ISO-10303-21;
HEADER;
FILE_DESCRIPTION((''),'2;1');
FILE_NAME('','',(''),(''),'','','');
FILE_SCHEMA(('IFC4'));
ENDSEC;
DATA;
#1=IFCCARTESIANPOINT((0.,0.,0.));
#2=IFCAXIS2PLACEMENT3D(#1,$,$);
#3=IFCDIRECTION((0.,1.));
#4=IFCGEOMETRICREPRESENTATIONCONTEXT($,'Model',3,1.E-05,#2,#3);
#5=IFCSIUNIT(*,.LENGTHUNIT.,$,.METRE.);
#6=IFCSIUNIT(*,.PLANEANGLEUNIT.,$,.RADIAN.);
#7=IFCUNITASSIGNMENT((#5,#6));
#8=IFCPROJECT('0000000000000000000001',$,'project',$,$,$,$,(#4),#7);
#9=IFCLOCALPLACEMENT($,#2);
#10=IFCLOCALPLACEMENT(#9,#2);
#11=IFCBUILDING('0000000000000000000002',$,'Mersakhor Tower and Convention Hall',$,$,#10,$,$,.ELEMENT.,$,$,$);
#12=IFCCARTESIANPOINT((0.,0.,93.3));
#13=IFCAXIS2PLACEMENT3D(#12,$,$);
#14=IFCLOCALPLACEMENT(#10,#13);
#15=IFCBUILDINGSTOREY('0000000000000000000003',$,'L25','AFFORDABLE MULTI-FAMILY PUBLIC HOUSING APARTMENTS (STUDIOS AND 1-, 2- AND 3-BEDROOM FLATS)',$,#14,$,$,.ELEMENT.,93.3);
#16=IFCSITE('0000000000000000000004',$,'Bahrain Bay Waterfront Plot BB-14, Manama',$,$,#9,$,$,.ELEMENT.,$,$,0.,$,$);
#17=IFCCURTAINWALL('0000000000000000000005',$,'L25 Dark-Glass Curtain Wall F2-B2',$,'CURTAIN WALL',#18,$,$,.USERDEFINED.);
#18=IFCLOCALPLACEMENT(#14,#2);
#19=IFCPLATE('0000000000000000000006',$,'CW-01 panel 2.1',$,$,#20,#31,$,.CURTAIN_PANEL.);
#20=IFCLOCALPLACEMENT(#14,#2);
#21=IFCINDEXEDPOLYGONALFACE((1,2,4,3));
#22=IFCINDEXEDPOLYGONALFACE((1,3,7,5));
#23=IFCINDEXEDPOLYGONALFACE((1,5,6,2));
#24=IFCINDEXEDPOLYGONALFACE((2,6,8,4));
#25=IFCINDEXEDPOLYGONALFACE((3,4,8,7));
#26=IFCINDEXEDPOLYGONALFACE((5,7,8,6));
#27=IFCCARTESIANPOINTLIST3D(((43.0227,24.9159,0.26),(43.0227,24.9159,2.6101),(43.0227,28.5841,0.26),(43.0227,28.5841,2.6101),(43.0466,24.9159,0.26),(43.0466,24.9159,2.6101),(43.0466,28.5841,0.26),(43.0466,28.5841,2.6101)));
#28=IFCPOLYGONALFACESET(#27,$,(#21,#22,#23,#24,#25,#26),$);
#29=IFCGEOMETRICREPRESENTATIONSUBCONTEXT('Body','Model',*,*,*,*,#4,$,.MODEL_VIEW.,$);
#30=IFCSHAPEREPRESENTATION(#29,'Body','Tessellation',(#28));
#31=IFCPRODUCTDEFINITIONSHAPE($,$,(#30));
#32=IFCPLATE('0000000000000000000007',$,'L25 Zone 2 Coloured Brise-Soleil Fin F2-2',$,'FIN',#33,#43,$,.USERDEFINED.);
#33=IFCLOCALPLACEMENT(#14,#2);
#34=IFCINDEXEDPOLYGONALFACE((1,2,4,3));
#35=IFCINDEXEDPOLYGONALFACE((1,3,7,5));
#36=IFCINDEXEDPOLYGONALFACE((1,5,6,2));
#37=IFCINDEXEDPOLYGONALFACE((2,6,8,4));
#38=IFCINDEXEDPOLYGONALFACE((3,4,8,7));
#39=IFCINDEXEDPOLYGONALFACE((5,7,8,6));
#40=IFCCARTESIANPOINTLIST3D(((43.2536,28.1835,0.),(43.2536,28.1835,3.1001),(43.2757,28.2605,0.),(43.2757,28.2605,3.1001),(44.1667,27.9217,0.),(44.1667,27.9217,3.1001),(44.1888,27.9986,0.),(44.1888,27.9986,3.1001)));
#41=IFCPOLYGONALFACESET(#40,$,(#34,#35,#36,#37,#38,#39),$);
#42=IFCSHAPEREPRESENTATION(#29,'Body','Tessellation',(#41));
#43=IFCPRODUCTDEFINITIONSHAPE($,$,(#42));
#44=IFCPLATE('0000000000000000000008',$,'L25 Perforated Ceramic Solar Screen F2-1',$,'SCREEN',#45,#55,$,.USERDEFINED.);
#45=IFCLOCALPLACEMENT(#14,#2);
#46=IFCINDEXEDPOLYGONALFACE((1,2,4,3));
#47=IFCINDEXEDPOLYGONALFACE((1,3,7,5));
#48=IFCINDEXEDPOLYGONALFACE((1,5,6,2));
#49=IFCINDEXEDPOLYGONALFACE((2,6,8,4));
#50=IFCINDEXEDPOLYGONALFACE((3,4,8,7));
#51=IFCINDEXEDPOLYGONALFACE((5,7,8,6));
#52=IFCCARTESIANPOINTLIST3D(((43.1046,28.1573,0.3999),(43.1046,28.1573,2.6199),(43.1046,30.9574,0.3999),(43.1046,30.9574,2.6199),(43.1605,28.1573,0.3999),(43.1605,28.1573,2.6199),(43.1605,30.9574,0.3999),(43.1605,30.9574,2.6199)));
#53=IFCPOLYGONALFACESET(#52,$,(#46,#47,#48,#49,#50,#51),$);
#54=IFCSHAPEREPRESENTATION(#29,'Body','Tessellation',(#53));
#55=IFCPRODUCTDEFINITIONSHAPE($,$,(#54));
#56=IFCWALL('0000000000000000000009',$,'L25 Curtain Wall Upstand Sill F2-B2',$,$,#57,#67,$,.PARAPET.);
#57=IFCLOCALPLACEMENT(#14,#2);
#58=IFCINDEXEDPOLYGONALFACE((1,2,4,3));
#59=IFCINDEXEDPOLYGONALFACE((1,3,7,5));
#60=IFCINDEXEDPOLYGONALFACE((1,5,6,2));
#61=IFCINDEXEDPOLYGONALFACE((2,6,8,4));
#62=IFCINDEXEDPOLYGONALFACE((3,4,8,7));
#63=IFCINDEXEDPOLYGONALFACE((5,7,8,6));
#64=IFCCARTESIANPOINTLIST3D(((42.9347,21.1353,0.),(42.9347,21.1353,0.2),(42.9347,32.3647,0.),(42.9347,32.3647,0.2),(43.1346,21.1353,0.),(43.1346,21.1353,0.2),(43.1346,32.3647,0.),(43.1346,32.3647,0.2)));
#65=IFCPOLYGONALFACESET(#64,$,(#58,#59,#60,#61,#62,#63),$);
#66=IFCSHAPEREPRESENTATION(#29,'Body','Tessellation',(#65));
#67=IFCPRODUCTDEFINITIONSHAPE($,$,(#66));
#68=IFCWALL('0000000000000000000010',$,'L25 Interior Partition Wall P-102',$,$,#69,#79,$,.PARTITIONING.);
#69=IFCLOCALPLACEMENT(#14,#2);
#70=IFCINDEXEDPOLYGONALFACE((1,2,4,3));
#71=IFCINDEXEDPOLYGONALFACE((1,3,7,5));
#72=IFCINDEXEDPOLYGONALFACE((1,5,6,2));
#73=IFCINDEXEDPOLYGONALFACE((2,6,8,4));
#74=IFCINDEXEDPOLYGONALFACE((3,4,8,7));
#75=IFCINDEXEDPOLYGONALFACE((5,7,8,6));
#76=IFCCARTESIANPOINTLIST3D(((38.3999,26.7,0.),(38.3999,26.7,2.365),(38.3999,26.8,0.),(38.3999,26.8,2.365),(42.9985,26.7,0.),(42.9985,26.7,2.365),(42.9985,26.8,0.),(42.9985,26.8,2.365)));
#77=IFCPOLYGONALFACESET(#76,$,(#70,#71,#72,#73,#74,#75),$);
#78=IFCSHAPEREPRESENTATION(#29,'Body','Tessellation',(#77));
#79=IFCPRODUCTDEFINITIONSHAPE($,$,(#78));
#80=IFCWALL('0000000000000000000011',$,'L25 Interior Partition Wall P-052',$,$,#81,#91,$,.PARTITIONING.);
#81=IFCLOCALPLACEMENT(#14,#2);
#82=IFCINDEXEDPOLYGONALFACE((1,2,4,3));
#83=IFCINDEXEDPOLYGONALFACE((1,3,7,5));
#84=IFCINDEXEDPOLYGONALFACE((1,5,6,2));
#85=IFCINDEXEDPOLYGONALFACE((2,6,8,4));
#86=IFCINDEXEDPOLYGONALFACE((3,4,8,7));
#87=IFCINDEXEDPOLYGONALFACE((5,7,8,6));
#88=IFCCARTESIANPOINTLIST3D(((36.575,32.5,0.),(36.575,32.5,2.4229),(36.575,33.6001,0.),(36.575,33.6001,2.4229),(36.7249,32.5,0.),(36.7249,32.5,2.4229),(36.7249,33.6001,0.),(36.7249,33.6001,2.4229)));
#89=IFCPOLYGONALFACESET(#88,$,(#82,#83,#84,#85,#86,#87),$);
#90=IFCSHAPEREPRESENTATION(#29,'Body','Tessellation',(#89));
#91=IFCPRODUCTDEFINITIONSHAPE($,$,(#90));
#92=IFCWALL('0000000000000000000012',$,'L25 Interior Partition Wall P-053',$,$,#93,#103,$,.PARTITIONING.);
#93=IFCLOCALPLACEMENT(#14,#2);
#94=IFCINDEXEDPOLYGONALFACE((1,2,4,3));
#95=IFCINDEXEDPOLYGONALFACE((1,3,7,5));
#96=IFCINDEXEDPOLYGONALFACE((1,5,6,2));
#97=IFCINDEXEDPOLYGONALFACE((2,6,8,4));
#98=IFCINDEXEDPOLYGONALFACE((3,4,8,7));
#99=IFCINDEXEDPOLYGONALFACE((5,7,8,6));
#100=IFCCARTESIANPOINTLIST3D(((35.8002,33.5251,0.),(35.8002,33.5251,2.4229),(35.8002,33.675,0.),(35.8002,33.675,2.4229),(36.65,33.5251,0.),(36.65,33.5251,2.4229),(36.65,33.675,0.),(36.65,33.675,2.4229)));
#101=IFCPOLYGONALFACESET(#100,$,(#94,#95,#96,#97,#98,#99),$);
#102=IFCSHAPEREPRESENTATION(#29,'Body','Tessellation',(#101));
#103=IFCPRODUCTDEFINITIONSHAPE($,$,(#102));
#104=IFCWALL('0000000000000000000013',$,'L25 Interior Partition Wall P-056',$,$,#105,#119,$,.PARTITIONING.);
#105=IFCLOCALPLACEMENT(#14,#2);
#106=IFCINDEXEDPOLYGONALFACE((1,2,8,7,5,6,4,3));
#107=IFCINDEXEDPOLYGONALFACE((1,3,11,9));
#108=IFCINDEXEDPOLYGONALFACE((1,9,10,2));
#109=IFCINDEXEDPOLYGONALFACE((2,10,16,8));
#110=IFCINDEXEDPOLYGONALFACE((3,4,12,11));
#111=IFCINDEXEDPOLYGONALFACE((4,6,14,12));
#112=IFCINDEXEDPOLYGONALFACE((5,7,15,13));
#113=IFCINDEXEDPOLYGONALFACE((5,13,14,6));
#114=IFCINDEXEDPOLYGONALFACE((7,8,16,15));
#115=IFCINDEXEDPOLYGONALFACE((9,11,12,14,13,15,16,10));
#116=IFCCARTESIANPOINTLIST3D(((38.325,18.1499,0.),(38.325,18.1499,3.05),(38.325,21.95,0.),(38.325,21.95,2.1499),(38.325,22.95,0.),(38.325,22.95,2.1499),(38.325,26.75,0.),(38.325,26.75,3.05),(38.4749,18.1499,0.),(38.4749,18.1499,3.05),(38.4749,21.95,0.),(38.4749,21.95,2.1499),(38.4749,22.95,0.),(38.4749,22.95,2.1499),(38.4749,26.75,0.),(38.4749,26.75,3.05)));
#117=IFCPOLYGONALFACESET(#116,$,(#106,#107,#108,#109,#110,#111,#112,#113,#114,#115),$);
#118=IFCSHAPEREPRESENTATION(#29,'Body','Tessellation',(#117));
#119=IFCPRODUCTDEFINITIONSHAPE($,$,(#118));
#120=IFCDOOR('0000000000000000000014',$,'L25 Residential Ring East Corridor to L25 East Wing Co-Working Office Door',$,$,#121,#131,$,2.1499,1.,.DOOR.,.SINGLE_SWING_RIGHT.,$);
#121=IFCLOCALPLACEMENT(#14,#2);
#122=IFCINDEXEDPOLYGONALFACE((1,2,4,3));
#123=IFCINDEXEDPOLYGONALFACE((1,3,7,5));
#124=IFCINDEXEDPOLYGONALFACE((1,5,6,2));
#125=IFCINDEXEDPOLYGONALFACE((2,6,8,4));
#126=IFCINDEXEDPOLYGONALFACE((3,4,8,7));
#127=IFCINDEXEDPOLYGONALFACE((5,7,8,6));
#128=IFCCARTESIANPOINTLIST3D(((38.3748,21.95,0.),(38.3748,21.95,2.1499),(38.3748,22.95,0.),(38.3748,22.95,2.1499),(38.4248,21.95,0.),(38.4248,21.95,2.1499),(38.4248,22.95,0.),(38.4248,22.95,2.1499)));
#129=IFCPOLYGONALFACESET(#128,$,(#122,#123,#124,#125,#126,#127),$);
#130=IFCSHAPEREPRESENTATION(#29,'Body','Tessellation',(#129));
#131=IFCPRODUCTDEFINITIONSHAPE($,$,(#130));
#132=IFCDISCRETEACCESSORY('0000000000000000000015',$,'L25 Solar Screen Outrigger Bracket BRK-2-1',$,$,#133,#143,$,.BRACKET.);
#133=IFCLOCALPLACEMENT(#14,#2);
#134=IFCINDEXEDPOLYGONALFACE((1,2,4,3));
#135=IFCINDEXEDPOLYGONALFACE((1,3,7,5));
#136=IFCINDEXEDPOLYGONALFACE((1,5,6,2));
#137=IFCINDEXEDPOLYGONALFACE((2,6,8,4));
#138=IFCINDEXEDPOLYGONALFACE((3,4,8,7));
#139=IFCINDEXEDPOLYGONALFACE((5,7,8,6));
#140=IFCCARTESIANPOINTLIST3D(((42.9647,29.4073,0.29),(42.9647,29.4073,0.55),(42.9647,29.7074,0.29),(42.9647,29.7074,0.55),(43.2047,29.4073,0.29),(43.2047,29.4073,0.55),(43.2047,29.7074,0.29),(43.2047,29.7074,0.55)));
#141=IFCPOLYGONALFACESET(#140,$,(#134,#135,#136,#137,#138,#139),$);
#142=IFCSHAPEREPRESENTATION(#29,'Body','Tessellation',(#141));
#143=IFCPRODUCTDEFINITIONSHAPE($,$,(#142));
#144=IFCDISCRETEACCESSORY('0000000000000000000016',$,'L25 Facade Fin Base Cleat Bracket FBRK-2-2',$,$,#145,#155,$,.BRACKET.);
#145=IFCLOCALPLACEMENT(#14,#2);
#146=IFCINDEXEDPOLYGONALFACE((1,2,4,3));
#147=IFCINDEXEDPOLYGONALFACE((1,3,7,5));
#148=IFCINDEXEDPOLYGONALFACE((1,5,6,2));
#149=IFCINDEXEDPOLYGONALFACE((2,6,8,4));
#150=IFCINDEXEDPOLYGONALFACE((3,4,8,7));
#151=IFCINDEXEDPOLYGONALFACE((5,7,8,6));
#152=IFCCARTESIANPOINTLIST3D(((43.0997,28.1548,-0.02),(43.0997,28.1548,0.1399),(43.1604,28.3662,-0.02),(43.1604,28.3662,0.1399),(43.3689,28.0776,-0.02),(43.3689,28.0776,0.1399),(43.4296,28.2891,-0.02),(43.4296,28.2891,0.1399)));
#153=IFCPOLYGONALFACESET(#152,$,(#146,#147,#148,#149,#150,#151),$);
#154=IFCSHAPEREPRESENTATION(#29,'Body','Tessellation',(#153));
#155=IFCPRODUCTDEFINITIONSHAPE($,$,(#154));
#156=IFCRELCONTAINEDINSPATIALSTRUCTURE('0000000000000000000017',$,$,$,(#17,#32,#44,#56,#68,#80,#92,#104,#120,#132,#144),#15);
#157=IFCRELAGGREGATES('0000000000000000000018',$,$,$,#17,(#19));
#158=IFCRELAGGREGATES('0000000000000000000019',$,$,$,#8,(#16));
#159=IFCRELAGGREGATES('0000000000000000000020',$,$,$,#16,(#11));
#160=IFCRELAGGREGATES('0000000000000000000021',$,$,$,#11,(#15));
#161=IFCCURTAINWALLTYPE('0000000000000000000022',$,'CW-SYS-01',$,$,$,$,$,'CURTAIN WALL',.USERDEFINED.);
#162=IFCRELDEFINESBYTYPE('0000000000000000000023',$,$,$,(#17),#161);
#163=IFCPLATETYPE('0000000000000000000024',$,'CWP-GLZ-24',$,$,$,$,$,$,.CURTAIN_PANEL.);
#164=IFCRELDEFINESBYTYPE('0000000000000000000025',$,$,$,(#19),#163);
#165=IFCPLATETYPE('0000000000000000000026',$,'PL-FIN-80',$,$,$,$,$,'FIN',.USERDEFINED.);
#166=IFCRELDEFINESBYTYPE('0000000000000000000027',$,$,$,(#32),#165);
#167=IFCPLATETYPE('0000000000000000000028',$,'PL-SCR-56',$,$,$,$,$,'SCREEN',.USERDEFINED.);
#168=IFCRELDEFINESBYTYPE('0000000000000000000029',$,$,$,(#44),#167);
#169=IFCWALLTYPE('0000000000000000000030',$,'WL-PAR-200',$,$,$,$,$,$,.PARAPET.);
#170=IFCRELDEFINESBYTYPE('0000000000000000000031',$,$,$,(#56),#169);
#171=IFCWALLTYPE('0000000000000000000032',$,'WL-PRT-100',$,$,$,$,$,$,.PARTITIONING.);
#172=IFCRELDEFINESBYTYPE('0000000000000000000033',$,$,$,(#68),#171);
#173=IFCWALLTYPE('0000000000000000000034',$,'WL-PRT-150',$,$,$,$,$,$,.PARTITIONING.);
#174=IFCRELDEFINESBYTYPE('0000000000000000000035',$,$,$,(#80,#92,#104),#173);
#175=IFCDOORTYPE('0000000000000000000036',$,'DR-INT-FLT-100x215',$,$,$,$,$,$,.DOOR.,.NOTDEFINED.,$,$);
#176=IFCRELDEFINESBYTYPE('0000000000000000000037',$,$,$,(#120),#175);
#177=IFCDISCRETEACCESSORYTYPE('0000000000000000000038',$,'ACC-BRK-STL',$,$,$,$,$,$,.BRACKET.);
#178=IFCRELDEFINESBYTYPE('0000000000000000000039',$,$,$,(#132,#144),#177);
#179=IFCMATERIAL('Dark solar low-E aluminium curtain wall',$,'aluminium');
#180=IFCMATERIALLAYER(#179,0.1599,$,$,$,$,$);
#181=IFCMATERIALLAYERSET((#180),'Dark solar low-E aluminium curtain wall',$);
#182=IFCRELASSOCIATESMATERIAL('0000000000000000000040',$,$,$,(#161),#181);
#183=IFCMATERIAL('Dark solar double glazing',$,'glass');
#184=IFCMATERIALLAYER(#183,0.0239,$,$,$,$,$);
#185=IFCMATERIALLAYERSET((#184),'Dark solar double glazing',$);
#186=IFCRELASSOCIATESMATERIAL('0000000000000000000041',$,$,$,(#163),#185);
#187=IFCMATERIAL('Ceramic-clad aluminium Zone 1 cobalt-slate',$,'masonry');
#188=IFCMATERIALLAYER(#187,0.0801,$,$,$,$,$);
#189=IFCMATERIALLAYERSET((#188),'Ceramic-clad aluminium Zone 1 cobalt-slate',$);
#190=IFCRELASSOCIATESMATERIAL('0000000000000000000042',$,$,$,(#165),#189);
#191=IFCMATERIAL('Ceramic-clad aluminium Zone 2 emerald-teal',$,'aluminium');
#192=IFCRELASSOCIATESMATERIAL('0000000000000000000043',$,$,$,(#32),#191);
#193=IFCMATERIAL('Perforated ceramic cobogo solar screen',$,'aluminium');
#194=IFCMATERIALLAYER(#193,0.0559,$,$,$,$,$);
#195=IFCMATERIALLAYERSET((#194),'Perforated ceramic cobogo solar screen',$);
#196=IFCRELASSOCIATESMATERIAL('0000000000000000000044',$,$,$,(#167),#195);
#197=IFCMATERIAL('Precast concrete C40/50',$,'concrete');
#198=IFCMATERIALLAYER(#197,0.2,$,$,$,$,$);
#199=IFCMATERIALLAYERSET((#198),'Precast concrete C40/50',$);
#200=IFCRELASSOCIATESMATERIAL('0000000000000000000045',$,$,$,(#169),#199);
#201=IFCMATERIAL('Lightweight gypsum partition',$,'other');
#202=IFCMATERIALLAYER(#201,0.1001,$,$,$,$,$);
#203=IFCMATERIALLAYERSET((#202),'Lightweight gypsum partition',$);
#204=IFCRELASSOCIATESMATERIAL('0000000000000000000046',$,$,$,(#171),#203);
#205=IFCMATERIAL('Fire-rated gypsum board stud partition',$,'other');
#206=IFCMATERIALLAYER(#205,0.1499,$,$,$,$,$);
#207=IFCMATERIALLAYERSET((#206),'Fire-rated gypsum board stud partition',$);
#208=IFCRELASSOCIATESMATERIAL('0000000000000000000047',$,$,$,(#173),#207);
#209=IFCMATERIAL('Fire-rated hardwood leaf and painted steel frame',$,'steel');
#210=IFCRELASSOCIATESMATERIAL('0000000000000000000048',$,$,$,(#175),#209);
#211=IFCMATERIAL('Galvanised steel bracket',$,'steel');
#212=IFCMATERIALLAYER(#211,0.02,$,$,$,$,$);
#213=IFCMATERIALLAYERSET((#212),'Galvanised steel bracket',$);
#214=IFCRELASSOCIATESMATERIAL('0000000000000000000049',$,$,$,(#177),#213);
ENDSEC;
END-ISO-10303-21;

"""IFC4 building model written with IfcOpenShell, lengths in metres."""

from ifc_helpers import new_model, si_unit, direction, frame, frame_2d, origin, origin_2d, place, context, subcontext, project, spatial, rectangle, extrude, material, layer, layer_set, type_object, element, fill, aggregate, save


model = new_model("IFC4")

# Units and contexts
model_context = context("Model", 3, precision=1e-05, world=origin(), true_north=direction((0.0, 1.0)))
body_context = subcontext(model_context, "Body", "Model", "MODEL_VIEW")
ifc_project = project(units=[si_unit("LENGTHUNIT", "METRE"), si_unit("PLANEANGLEUNIT", "RADIAN")], contexts=[model_context])

# Site, building, storey
site_placement = place(None, origin())
site = spatial("IfcSite", under=ifc_project, at=site_placement, Name="Bahrain Bay Waterfront Plot BB-14, Manama", CompositionType="ELEMENT", RefElevation=0.0)
building_placement = place(site_placement, origin())
building = spatial("IfcBuilding", under=site, at=building_placement, Name="Mersakhor Tower and Convention Hall", CompositionType="ELEMENT")
storey_placement = place(building_placement, frame((0.0, 0.0, 93.3)))
storey = spatial("IfcBuildingStorey", under=building, at=storey_placement, Name="L25", Description="AFFORDABLE MULTI-FAMILY PUBLIC HOUSING APARTMENTS (STUDIOS AND 1-, 2- AND 3-BEDROOM FLATS)", CompositionType="ELEMENT", Elevation=93.3)

# Curtain wall, plate
ifc_material_1 = material(Name="Dark solar low-E aluminium curtain wall", Category="aluminium")
ifc_layer_1 = layer(ifc_material_1, 0.1599)
ifc_layer_set_1 = layer_set([ifc_layer_1], Name="Dark solar low-E aluminium curtain wall")
curtain_wall_type = type_object("IfcCurtainWallType", Name="CW-SYS-01", ElementType="CURTAIN WALL", PredefinedType="USERDEFINED", material=ifc_layer_set_1)
curtain_wall_placement = place(storey_placement, origin())
curtain_wall = element("IfcCurtainWall", 1, at=curtain_wall_placement, inside=storey, type_object=curtain_wall_type, Name="L25 Dark-Glass Curtain Wall F2-B2", ObjectType="CURTAIN WALL", PredefinedType="USERDEFINED")
ifc_material_2 = material(Name="Dark solar double glazing", Category="glass")
ifc_layer_2 = layer(ifc_material_2, 0.0239)
ifc_layer_set_2 = layer_set([ifc_layer_2], Name="Dark solar double glazing")
plate_type_1 = type_object("IfcPlateType", Name="CWP-GLZ-24", PredefinedType="CURTAIN_PANEL", material=ifc_layer_set_2)
plate_1_placement = place(storey_placement, frame((43.0347, 26.75, 0.26), z_axis=(0.0, 0.0, 1.0), x_axis=(0.0, -1.0, 0.0)))
plate_1 = element("IfcPlate", 2, at=plate_1_placement, type_object=plate_type_1, Name="CW-01 panel 2.1", PredefinedType="CURTAIN_PANEL", context=body_context, shape_type="SweptSolid", body=[
    extrude(rectangle(XDim=3.6682, YDim=0.0239, at=origin_2d()), origin(), (0.0, 0.0, 1.0), 2.3501),
])
aggregate(curtain_wall, [plate_1])

# Plates
ifc_material_3 = material(Name="Ceramic-clad aluminium Zone 2 emerald-teal", Category="aluminium")
ifc_material_4 = material(Name="Ceramic-clad aluminium Zone 1 cobalt-slate", Category="masonry")
ifc_layer_3 = layer(ifc_material_4, 0.0801)
ifc_layer_set_3 = layer_set([ifc_layer_3], Name="Ceramic-clad aluminium Zone 1 cobalt-slate")
plate_type_2 = type_object("IfcPlateType", Name="PL-FIN-80", ElementType="FIN", PredefinedType="USERDEFINED", material=ifc_layer_set_3)
plate_2_placement = place(storey_placement, frame((43.7212, 28.0911, 0.0), z_axis=(0.0, 0.0, 1.0), x_axis=(0.961262, -0.275637, 0.0)))
element("IfcPlate", 3, at=plate_2_placement, inside=storey, type_object=plate_type_2, material=ifc_material_3, Name="L25 Zone 2 Coloured Brise-Soleil Fin F2-2", ObjectType="FIN", PredefinedType="USERDEFINED", context=body_context, shape_type="SweptSolid", body=[
    extrude(rectangle(XDim=0.95, YDim=0.0801, at=origin_2d()), origin(), (0.0, 0.0, 1.0), 3.1001),
])
ifc_material_5 = material(Name="Perforated ceramic cobogo solar screen", Category="aluminium")
ifc_layer_4 = layer(ifc_material_5, 0.0559)
ifc_layer_set_4 = layer_set([ifc_layer_4], Name="Perforated ceramic cobogo solar screen")
plate_type_3 = type_object("IfcPlateType", Name="PL-SCR-56", ElementType="SCREEN", PredefinedType="USERDEFINED", material=ifc_layer_set_4)
plate_3_placement = place(storey_placement, frame((43.1326, 29.5574, 0.3999), z_axis=(0.0, 0.0, 1.0), x_axis=(0.0, -1.0, 0.0)))
element("IfcPlate", 4, at=plate_3_placement, inside=storey, type_object=plate_type_3, Name="L25 Perforated Ceramic Solar Screen F2-1", ObjectType="SCREEN", PredefinedType="USERDEFINED", context=body_context, shape_type="SweptSolid", body=[
    extrude(rectangle(XDim=2.8, YDim=0.0559, at=origin_2d()), origin(), (0.0, 0.0, 1.0), 2.22),
])

# Walls
ifc_material_6 = material(Name="Precast concrete C40/50", Category="concrete")
ifc_layer_5 = layer(ifc_material_6, 0.2)
ifc_layer_set_5 = layer_set([ifc_layer_5], Name="Precast concrete C40/50")
wall_type_1 = type_object("IfcWallType", Name="WL-PAR-200", PredefinedType="PARAPET", material=ifc_layer_set_5)
wall_1_placement = place(storey_placement, frame((43.0347, 32.3647, 0.0), z_axis=(0.0, 0.0, 1.0), x_axis=(0.0, -1.0, 0.0)))
element("IfcWall", 5, at=wall_1_placement, inside=storey, type_object=wall_type_1, Name="L25 Curtain Wall Upstand Sill F2-B2", PredefinedType="PARAPET", context=body_context, shape_type="SweptSolid", body=[
    extrude(rectangle(XDim=11.2295, YDim=0.2, at=frame_2d((5.6147, 0.0))), origin(), (0.0, 0.0, 1.0), 0.2),
])
ifc_material_7 = material(Name="Lightweight gypsum partition", Category="other")
ifc_layer_6 = layer(ifc_material_7, 0.1001)
ifc_layer_set_6 = layer_set([ifc_layer_6], Name="Lightweight gypsum partition")
wall_type_2 = type_object("IfcWallType", Name="WL-PRT-100", PredefinedType="PARTITIONING", material=ifc_layer_set_6)
wall_2_placement = place(storey_placement, frame((42.9985, 26.75, 0.0), z_axis=(0.0, 0.0, 1.0), x_axis=(-1.0, 0.0, 0.0)))
element("IfcWall", 6, at=wall_2_placement, inside=storey, type_object=wall_type_2, Name="L25 Interior Partition Wall P-102", PredefinedType="PARTITIONING", context=body_context, shape_type="SweptSolid", body=[
    extrude(rectangle(XDim=4.5986, YDim=0.1001, at=frame_2d((2.2993, 0.0))), origin(), (0.0, 0.0, 1.0), 2.365),
])
ifc_material_8 = material(Name="Fire-rated gypsum board stud partition", Category="other")
ifc_layer_7 = layer(ifc_material_8, 0.1499)
ifc_layer_set_7 = layer_set([ifc_layer_7], Name="Fire-rated gypsum board stud partition")
wall_type_3 = type_object("IfcWallType", Name="WL-PRT-150", PredefinedType="PARTITIONING", material=ifc_layer_set_7)
wall_3_placement = place(storey_placement, frame((36.6499, 32.5, 0.0), z_axis=(0.0, 0.0, 1.0), x_axis=(0.0, 1.0, 0.0)))
element("IfcWall", 7, at=wall_3_placement, inside=storey, type_object=wall_type_3, Name="L25 Interior Partition Wall P-052", PredefinedType="PARTITIONING", context=body_context, shape_type="SweptSolid", body=[
    extrude(rectangle(XDim=1.1001, YDim=0.1499, at=frame_2d((0.55, 0.0))), origin(), (0.0, 0.0, 1.0), 2.4229),
])
wall_4_placement = place(storey_placement, frame((36.6499, 33.6001, 0.0), z_axis=(0.0, 0.0, 1.0), x_axis=(-1.0, 0.0, 0.0)))
element("IfcWall", 8, at=wall_4_placement, inside=storey, type_object=wall_type_3, Name="L25 Interior Partition Wall P-053", PredefinedType="PARTITIONING", context=body_context, shape_type="SweptSolid", body=[
    extrude(rectangle(XDim=0.8499, YDim=0.1499, at=frame_2d((0.4248, 0.0))), origin(), (0.0, 0.0, 1.0), 2.4229),
])

# Wall, opening, door
wall_5_placement = place(storey_placement, frame((38.3999, 26.75, 0.0), z_axis=(0.0, 0.0, 1.0), x_axis=(0.0, -1.0, 0.0)))
wall_5 = element("IfcWall", 9, at=wall_5_placement, inside=storey, type_object=wall_type_3, Name="L25 Interior Partition Wall P-056", PredefinedType="PARTITIONING", context=body_context, shape_type="SweptSolid", body=[
    extrude(rectangle(XDim=8.6001, YDim=0.1499, at=frame_2d((4.3, 0.0))), origin(), (0.0, 0.0, 1.0), 3.05),
])
opening_placement = place(wall_5_placement, frame((3.8, 0.0, 0.0)))
opening = element("IfcOpeningElement", 10, at=opening_placement, cuts=wall_5, PredefinedType="OPENING", context=body_context, shape_type="SweptSolid", body=[
    extrude(rectangle(XDim=1.0, YDim=2.1499, at=frame_2d((0.5, 1.075))), frame((0.0, 0.085, 0.0), z_axis=(0.0, -1.0, 0.0), x_axis=(1.0, 0.0, 0.0)), (0.0, 0.0, 1.0), 0.1699),
])
ifc_material_9 = material(Name="Fire-rated hardwood leaf and painted steel frame", Category="steel")
door_type = type_object("IfcDoorType", Name="DR-INT-FLT-100x215", OperationType="NOTDEFINED", PredefinedType="DOOR", material=ifc_material_9)
door_placement = place(opening_placement, origin())
door = element("IfcDoor", 11, at=door_placement, inside=storey, type_object=door_type, Name="L25 Residential Ring East Corridor to L25 East Wing Co-Working Office Door", OperationType="SINGLE_SWING_RIGHT", OverallHeight=2.1499, OverallWidth=1.0, PredefinedType="DOOR", context=body_context, shape_type="SweptSolid", body=[
    extrude(rectangle(XDim=1.0, YDim=2.1499, at=frame_2d((0.5, 1.075))), frame((0.0, 0.0249, 0.0), z_axis=(0.0, -1.0, 0.0), x_axis=(1.0, 0.0, 0.0)), (0.0, 0.0, 1.0), 0.05),
])
fill(opening, door)

# Discrete accessories
ifc_material_10 = material(Name="Galvanised steel bracket", Category="steel")
ifc_layer_8 = layer(ifc_material_10, 0.02)
ifc_layer_set_8 = layer_set([ifc_layer_8], Name="Galvanised steel bracket")
discrete_accessory_type = type_object("IfcDiscreteAccessoryType", Name="ACC-BRK-STL", PredefinedType="BRACKET", material=ifc_layer_set_8)
discrete_accessory_1_placement = place(storey_placement, frame((43.0847, 29.5574, 0.29), z_axis=(0.0, 0.0, 1.0), x_axis=(0.0, -1.0, 0.0)))
element("IfcDiscreteAccessory", 12, at=discrete_accessory_1_placement, inside=storey, type_object=discrete_accessory_type, Name="L25 Solar Screen Outrigger Bracket BRK-2-1", PredefinedType="BRACKET", context=body_context, shape_type="SweptSolid", body=[
    extrude(rectangle(XDim=0.3, YDim=0.24, at=origin_2d()), origin(), (0.0, 0.0, 1.0), 0.26),
])
discrete_accessory_2_placement = place(storey_placement, frame((43.2646, 28.2219, -0.02), z_axis=(0.0, 0.0, 1.0), x_axis=(0.961262, -0.275637, 0.0)))
element("IfcDiscreteAccessory", 13, at=discrete_accessory_2_placement, inside=storey, type_object=discrete_accessory_type, Name="L25 Facade Fin Base Cleat Bracket FBRK-2-2", PredefinedType="BRACKET", context=body_context, shape_type="SweptSolid", body=[
    extrude(rectangle(XDim=0.28, YDim=0.22, at=origin_2d()), origin(), (0.0, 0.0, 1.0), 0.1599),
])

save(model, "model.ifc")
